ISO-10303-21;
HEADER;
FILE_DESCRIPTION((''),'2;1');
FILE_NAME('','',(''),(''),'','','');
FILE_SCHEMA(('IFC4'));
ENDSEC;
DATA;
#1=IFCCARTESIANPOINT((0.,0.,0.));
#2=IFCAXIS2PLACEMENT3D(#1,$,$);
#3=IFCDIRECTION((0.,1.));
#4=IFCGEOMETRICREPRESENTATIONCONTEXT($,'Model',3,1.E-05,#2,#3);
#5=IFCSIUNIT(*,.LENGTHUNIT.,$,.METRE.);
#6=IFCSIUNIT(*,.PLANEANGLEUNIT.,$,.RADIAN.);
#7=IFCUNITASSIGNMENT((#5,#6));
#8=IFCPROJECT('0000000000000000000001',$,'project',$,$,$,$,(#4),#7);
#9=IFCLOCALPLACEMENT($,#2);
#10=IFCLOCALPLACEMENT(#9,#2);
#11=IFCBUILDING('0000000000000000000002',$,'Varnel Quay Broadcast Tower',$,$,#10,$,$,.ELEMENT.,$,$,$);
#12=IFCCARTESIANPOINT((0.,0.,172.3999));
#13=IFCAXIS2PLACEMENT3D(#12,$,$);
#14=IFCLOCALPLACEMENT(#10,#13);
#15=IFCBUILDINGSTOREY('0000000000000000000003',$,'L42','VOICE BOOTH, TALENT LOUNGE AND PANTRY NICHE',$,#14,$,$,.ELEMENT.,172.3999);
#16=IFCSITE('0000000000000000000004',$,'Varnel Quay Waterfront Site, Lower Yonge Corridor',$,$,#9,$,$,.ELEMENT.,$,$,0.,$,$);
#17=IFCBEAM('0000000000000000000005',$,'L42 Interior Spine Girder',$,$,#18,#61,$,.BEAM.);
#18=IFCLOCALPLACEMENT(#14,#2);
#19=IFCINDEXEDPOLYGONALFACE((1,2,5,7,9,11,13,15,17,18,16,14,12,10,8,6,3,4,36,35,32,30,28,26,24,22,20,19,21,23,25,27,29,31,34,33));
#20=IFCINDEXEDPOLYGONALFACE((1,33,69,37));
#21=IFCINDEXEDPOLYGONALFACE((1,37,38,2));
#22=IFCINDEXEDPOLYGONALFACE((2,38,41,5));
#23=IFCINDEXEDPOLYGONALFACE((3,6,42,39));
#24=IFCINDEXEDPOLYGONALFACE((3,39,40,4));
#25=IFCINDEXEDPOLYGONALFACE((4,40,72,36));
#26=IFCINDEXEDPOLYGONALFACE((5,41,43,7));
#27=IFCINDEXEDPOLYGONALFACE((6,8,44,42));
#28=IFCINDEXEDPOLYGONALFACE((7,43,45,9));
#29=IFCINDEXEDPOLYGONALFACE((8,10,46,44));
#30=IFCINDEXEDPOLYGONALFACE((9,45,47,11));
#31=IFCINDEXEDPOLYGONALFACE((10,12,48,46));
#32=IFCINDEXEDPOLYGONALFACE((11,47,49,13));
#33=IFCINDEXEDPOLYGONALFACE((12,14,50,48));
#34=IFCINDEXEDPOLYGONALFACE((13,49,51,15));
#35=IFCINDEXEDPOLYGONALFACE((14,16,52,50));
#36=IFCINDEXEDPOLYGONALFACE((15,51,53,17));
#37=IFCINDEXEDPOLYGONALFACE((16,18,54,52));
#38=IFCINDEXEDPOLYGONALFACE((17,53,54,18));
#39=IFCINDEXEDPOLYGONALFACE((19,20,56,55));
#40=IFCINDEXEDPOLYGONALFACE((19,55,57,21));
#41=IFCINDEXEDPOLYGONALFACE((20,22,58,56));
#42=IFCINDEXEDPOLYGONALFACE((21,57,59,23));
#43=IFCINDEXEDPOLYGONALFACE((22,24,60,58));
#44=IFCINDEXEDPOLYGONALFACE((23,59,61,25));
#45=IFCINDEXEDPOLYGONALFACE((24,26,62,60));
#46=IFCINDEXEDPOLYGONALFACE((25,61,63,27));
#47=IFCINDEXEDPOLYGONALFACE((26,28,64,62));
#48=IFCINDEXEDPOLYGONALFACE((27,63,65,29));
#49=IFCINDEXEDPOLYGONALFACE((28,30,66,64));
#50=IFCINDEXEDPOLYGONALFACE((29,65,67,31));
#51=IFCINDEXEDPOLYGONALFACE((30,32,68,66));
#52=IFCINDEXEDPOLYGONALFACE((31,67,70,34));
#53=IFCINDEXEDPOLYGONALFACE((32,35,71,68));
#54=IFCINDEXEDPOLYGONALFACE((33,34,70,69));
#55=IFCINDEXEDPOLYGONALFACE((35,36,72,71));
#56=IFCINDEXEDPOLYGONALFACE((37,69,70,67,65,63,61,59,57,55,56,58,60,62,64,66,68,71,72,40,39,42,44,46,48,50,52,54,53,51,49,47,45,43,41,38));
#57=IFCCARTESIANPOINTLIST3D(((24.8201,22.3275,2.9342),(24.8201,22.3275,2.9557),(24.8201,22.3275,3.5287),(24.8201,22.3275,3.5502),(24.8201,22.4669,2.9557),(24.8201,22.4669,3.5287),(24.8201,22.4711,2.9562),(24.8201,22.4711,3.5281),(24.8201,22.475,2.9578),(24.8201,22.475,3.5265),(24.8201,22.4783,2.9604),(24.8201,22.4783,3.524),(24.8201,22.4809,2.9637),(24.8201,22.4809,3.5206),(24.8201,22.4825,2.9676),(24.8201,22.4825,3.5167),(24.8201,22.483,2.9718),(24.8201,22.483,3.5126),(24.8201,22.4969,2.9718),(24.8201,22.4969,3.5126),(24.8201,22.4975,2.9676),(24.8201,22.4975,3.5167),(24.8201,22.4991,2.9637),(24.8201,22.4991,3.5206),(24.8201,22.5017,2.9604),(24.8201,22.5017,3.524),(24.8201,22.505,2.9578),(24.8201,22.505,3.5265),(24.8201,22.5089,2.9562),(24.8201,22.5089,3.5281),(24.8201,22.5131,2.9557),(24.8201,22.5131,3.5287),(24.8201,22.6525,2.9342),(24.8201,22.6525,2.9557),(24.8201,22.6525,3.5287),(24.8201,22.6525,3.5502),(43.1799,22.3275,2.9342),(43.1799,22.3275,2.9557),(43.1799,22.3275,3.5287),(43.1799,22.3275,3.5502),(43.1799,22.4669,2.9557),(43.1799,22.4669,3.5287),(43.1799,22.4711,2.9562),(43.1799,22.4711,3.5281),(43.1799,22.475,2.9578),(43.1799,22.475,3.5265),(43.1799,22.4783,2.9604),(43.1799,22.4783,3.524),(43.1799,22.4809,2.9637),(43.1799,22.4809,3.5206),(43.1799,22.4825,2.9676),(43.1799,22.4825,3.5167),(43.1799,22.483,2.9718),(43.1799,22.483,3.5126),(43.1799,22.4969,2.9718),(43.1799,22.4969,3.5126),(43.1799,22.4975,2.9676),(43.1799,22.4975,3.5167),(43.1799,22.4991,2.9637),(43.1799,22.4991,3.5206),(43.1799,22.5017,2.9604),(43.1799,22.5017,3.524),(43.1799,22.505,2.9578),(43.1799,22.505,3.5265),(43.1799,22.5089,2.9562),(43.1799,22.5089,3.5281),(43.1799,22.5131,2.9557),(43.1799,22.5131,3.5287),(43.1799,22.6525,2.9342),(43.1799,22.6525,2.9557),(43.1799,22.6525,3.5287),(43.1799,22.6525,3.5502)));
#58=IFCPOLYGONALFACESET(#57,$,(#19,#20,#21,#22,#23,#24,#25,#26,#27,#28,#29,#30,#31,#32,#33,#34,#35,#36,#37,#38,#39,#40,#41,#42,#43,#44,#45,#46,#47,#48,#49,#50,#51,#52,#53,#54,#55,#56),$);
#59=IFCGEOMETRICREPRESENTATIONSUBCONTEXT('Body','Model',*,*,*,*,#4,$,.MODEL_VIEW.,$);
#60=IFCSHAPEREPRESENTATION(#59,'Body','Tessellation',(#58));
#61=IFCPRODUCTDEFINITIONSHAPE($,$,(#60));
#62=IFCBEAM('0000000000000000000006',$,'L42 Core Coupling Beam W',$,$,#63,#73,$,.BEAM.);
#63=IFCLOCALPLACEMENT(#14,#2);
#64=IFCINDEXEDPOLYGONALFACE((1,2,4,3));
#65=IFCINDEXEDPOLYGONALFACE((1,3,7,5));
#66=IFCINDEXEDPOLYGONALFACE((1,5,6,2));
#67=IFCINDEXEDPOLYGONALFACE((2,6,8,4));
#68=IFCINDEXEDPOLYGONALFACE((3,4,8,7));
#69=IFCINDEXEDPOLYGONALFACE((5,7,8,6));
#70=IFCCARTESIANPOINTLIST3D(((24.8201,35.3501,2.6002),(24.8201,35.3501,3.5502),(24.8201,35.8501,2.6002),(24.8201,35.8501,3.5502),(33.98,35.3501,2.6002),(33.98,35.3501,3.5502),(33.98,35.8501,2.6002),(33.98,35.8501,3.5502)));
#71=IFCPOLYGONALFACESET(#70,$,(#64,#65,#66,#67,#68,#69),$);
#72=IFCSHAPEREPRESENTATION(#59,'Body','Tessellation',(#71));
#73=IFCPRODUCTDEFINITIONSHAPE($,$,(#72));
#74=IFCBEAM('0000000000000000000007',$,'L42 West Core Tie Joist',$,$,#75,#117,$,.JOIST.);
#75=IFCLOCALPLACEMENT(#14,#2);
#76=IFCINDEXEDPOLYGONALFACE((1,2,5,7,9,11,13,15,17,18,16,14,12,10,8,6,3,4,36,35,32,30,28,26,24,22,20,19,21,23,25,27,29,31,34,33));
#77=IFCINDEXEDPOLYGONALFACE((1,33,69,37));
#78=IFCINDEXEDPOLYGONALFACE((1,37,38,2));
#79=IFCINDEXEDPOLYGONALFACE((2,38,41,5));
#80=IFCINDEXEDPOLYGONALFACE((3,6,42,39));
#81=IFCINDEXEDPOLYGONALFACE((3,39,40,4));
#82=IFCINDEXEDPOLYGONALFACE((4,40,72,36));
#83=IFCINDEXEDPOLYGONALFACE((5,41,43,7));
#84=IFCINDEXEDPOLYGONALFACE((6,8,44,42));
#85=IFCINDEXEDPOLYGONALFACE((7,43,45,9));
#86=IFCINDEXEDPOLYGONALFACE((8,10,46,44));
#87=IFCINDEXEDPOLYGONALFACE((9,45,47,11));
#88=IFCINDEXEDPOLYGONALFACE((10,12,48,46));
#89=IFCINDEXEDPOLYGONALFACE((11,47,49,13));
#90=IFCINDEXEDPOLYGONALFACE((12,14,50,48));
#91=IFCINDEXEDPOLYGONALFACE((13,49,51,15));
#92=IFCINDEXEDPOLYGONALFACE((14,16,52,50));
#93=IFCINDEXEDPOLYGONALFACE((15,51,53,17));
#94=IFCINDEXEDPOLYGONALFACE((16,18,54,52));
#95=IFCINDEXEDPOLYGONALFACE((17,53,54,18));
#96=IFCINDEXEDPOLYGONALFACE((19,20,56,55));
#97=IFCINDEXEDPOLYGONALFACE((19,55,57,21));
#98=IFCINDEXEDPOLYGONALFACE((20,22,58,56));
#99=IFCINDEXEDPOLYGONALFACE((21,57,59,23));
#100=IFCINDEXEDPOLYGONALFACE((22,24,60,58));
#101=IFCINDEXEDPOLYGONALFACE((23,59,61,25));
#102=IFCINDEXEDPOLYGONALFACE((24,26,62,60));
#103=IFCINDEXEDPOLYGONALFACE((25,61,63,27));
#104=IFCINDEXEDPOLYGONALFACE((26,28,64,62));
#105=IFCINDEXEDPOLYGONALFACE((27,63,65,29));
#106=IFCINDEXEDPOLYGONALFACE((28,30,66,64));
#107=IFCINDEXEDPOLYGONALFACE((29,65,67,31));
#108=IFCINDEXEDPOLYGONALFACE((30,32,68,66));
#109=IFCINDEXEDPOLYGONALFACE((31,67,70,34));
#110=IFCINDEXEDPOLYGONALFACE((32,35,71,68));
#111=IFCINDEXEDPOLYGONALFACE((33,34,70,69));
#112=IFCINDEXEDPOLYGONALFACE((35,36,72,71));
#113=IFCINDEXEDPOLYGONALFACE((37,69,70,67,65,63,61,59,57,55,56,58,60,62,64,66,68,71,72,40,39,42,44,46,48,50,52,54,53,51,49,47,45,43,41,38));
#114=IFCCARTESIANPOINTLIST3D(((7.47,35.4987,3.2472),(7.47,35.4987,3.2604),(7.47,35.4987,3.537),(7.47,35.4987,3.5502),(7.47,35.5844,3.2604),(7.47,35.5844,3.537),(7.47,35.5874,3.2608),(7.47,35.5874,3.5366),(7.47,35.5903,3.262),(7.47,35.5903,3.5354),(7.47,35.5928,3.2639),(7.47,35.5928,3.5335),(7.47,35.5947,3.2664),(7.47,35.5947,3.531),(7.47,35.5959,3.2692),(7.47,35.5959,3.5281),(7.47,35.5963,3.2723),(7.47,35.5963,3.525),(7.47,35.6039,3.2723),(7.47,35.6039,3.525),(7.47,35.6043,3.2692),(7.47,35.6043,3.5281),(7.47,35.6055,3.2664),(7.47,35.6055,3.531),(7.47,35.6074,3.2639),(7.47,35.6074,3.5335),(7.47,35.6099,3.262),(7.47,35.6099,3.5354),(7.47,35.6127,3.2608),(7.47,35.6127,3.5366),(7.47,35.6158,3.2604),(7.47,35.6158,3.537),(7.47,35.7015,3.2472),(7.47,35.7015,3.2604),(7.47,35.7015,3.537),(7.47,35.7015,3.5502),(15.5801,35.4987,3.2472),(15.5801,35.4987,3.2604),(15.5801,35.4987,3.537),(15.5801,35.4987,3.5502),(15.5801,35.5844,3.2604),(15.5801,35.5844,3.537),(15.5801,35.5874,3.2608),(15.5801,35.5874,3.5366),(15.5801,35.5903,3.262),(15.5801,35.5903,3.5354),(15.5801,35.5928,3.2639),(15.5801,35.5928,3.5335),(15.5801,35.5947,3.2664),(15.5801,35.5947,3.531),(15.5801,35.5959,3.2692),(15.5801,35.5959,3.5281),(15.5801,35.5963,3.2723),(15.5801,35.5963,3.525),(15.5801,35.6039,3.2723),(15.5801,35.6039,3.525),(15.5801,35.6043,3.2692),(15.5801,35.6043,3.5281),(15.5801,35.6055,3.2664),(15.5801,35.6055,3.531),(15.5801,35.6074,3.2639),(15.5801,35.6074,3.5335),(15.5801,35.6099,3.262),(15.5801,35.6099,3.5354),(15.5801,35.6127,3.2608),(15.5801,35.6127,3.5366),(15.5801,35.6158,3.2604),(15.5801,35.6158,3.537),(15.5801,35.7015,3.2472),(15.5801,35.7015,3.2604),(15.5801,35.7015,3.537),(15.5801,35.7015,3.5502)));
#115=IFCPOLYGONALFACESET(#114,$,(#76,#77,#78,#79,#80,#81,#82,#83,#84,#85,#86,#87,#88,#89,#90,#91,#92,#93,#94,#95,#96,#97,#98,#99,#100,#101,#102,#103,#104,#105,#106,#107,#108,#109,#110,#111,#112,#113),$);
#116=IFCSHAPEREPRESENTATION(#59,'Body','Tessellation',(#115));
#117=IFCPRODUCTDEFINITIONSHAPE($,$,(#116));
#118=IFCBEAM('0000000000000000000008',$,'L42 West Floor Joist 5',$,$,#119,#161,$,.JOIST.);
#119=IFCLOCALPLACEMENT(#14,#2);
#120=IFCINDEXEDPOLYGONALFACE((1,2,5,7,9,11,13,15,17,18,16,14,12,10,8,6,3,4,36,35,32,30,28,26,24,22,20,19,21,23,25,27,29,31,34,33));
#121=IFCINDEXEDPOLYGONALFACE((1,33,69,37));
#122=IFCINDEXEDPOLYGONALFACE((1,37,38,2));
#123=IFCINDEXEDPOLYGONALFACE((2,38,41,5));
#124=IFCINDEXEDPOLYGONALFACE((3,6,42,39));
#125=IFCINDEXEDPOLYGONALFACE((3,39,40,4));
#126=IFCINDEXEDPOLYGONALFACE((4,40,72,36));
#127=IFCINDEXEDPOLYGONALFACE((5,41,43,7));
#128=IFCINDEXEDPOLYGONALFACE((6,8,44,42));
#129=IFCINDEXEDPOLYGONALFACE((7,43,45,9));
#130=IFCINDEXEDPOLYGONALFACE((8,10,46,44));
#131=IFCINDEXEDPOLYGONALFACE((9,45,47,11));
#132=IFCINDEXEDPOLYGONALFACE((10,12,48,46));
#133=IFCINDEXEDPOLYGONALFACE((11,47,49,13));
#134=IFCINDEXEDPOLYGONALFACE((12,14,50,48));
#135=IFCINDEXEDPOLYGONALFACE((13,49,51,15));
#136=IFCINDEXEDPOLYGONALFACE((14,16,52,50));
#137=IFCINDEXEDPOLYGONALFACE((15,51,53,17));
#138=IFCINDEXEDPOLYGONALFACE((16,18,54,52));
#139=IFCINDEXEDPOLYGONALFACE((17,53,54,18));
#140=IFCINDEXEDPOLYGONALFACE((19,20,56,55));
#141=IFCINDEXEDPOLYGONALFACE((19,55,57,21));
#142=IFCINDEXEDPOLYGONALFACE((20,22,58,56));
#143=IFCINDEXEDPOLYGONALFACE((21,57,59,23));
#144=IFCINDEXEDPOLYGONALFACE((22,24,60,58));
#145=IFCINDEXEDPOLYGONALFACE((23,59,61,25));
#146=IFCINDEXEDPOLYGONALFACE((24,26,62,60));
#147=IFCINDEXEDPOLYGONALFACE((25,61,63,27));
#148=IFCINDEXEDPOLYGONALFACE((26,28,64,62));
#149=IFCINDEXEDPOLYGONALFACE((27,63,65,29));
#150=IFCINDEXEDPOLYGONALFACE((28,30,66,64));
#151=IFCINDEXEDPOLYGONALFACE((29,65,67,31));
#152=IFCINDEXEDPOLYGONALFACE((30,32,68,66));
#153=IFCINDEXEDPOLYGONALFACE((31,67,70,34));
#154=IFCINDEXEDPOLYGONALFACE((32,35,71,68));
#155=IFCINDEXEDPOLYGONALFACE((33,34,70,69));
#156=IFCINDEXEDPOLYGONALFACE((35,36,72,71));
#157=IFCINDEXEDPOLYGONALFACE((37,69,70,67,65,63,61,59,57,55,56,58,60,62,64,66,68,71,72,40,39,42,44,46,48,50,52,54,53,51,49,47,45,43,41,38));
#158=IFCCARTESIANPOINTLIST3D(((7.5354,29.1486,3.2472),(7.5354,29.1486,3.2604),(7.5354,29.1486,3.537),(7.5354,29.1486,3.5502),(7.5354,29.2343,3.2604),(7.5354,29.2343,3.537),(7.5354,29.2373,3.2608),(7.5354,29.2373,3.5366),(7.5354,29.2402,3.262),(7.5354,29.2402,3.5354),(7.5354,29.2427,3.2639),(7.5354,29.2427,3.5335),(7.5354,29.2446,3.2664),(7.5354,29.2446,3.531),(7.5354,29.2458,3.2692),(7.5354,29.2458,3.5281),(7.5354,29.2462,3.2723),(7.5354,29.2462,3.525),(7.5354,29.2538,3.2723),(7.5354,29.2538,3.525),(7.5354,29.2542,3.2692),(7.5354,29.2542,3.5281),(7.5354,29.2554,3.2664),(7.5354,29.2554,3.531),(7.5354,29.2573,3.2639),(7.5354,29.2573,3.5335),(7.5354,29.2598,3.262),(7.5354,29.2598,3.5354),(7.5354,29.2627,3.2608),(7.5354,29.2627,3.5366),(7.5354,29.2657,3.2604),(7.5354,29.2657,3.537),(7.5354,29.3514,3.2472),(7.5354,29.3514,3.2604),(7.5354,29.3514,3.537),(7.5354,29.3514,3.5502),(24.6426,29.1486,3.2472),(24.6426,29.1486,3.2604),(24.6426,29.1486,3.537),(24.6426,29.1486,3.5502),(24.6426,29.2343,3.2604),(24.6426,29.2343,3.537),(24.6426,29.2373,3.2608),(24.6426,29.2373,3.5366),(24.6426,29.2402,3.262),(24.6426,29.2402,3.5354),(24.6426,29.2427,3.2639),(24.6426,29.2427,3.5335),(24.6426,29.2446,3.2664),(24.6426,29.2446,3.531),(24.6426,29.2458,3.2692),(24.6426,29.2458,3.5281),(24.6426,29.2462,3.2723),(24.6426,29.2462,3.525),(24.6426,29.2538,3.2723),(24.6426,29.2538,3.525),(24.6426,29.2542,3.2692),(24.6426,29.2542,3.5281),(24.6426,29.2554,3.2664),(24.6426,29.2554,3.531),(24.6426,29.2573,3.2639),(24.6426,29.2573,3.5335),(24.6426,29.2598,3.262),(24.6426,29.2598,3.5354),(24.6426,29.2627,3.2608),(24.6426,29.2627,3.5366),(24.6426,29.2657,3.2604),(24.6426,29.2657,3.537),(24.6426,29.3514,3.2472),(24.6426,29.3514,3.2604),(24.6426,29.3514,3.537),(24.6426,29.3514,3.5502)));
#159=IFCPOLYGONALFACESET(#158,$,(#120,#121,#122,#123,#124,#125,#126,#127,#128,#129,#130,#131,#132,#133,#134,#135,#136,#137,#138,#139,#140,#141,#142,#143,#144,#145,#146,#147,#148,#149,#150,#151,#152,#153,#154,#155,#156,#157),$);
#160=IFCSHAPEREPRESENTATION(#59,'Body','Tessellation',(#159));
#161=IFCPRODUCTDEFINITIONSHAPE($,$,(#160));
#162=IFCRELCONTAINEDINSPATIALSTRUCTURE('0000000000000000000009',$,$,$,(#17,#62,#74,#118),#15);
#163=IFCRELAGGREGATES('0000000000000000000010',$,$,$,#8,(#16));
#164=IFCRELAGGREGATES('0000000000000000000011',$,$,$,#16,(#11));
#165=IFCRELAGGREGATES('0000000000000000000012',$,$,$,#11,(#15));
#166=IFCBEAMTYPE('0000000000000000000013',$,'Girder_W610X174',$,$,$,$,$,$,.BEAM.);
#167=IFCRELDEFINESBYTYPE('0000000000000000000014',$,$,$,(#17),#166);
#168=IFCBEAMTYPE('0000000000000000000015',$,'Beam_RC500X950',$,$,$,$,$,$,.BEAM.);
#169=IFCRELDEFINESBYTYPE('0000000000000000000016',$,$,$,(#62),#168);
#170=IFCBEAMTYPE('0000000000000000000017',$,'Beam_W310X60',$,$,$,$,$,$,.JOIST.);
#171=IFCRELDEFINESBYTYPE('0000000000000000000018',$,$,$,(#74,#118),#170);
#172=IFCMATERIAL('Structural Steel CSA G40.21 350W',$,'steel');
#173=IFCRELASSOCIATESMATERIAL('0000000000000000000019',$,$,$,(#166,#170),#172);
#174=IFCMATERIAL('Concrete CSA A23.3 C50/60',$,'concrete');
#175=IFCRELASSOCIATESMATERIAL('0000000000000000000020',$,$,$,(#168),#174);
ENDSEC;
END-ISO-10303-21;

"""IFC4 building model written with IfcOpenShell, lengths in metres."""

from ifc_helpers import new_model, si_unit, direction, frame, origin, origin_2d, place, context, subcontext, project, spatial, rectangle, i_section, extrude, source, transform, mapped, material, material_profile, profile_set, type_object, type_shapes, element, save


model = new_model("IFC4")

# Units and contexts
model_context = context("Model", 3, precision=1e-05, world=origin(), true_north=direction((0.0, 1.0)))
body_context = subcontext(model_context, "Body", "Model", "MODEL_VIEW")
ifc_project = project(units=[si_unit("LENGTHUNIT", "METRE"), si_unit("PLANEANGLEUNIT", "RADIAN")], contexts=[model_context])

# Site, building, storey
site_placement = place(None, origin())
site = spatial("IfcSite", under=ifc_project, at=site_placement, Name="Varnel Quay Waterfront Site, Lower Yonge Corridor", CompositionType="ELEMENT", RefElevation=0.0)
building_placement = place(site_placement, origin())
building = spatial("IfcBuilding", under=site, at=building_placement, Name="Varnel Quay Broadcast Tower", CompositionType="ELEMENT")
storey_placement = place(building_placement, frame((0.0, 0.0, 172.3999)))
storey = spatial("IfcBuildingStorey", under=building, at=storey_placement, Name="L42", Description="VOICE BOOTH, TALENT LOUNGE AND PANTRY NICHE", CompositionType="ELEMENT", Elevation=172.3999)

# Shared definitions
ifc_material_1 = material(Name="Structural Steel CSA G40.21 350W", Category="steel")
ifc_material_2 = material(Name="Concrete CSA A23.3 C50/60", Category="concrete")

# Beams
ifc_material_profile_1 = material_profile(ifc_material_1, i_section(OverallWidth=0.325, OverallDepth=0.616, WebThickness=0.0139, FlangeThickness=0.0215, FilletRadius=0.0161, at=origin_2d()), Name="W610X174")
ifc_profile_set_1 = profile_set([ifc_material_profile_1], Name="Structural Steel CSA G40.21 350W")
beam_type_1 = type_object("IfcBeamType", Name="Girder_W610X174", PredefinedType="BEAM", material=ifc_profile_set_1)
shared_shape_1 = source(origin(), body_context, "Body", "SweptSolid", [
    extrude(i_section(OverallWidth=0.325, OverallDepth=0.616, WebThickness=0.0139, FlangeThickness=0.0215, FilletRadius=0.0161, at=origin_2d()), origin(), (0.0, 0.0, 1.0), 18.3599),
])
beam_1_placement = place(storey_placement, frame((24.8201, 22.49, 3.2422), z_axis=(1.0, 0.0, 0.0), x_axis=(0.0, 1.0, 0.0)))
element("IfcBeam", 1, at=beam_1_placement, inside=storey, type_object=beam_type_1, Name="L42 Interior Spine Girder", PredefinedType="BEAM", context=body_context, shape_type="MappedRepresentation", body=[
    mapped(shared_shape_1, transform((0.0, 0.0, 0.0), x_axis=(1.0, 0.0, 0.0), y_axis=(0.0, 1.0, 0.0), z_axis=(0.0, 0.0, 1.0), scale=1.0)),
])
ifc_material_profile_2 = material_profile(ifc_material_2, rectangle(XDim=0.5, YDim=0.95, at=origin_2d()), Name="RC500X950")
ifc_profile_set_2 = profile_set([ifc_material_profile_2], Name="Concrete CSA A23.3 C50/60")
beam_type_2 = type_object("IfcBeamType", Name="Beam_RC500X950", PredefinedType="BEAM", material=ifc_profile_set_2)
shared_shape_2 = source(origin(), body_context, "Body", "SweptSolid", [
    extrude(rectangle(XDim=0.5, YDim=0.95, at=origin_2d()), origin(), (0.0, 0.0, 1.0), 9.1599),
])
type_shapes(beam_type_2, [shared_shape_2])
beam_2_placement = place(storey_placement, frame((24.8201, 35.6001, 3.0752), z_axis=(1.0, 0.0, 0.0), x_axis=(0.0, 1.0, 0.0)))
element("IfcBeam", 2, at=beam_2_placement, inside=storey, type_object=beam_type_2, Name="L42 Core Coupling Beam W", PredefinedType="BEAM", context=body_context, shape_type="MappedRepresentation", body=[
    mapped(shared_shape_2, transform((0.0, 0.0, 0.0), x_axis=(1.0, 0.0, 0.0), y_axis=(0.0, 1.0, 0.0), z_axis=(0.0, 0.0, 1.0), scale=1.0)),
])
ifc_material_profile_3 = material_profile(ifc_material_1, i_section(OverallWidth=0.2029, OverallDepth=0.303, WebThickness=0.0076, FlangeThickness=0.0132, FilletRadius=0.012, at=origin_2d()), Name="W310X60")
ifc_profile_set_3 = profile_set([ifc_material_profile_3], Name="Structural Steel CSA G40.21 350W")
beam_type_3 = type_object("IfcBeamType", Name="Beam_W310X60", PredefinedType="JOIST", material=ifc_profile_set_3)
shared_shape_3 = source(origin(), body_context, "Body", "SweptSolid", [
    extrude(i_section(OverallWidth=0.2029, OverallDepth=0.303, WebThickness=0.0076, FlangeThickness=0.0132, FilletRadius=0.012, at=origin_2d()), origin(), (0.0, 0.0, 1.0), 8.1101),
])
beam_3_placement = place(storey_placement, frame((7.47, 35.6001, 3.3987), z_axis=(1.0, 0.0, 0.0), x_axis=(0.0, 1.0, 0.0)))
element("IfcBeam", 3, at=beam_3_placement, inside=storey, type_object=beam_type_3, Name="L42 West Core Tie Joist", PredefinedType="JOIST", context=body_context, shape_type="MappedRepresentation", body=[
    mapped(shared_shape_3, transform((0.0, 0.0, 0.0), x_axis=(1.0, 0.0, 0.0), y_axis=(0.0, 1.0, 0.0), z_axis=(0.0, 0.0, 1.0), scale=1.0)),
])
shared_shape_4 = source(origin(), body_context, "Body", "SweptSolid", [
    extrude(i_section(OverallWidth=0.2029, OverallDepth=0.303, WebThickness=0.0076, FlangeThickness=0.0132, FilletRadius=0.012, at=origin_2d()), origin(), (0.0, 0.0, 1.0), 17.1072),
])
beam_4_placement = place(storey_placement, frame((7.5354, 29.25, 3.3987), z_axis=(1.0, 0.0, 0.0), x_axis=(0.0, 1.0, 0.0)))
element("IfcBeam", 4, at=beam_4_placement, inside=storey, type_object=beam_type_3, Name="L42 West Floor Joist 5", PredefinedType="JOIST", context=body_context, shape_type="MappedRepresentation", body=[
    mapped(shared_shape_4, transform((0.0, 0.0, 0.0), x_axis=(1.0, 0.0, 0.0), y_axis=(0.0, 1.0, 0.0), z_axis=(0.0, 0.0, 1.0), scale=1.0)),
])

save(model, "model.ifc")
